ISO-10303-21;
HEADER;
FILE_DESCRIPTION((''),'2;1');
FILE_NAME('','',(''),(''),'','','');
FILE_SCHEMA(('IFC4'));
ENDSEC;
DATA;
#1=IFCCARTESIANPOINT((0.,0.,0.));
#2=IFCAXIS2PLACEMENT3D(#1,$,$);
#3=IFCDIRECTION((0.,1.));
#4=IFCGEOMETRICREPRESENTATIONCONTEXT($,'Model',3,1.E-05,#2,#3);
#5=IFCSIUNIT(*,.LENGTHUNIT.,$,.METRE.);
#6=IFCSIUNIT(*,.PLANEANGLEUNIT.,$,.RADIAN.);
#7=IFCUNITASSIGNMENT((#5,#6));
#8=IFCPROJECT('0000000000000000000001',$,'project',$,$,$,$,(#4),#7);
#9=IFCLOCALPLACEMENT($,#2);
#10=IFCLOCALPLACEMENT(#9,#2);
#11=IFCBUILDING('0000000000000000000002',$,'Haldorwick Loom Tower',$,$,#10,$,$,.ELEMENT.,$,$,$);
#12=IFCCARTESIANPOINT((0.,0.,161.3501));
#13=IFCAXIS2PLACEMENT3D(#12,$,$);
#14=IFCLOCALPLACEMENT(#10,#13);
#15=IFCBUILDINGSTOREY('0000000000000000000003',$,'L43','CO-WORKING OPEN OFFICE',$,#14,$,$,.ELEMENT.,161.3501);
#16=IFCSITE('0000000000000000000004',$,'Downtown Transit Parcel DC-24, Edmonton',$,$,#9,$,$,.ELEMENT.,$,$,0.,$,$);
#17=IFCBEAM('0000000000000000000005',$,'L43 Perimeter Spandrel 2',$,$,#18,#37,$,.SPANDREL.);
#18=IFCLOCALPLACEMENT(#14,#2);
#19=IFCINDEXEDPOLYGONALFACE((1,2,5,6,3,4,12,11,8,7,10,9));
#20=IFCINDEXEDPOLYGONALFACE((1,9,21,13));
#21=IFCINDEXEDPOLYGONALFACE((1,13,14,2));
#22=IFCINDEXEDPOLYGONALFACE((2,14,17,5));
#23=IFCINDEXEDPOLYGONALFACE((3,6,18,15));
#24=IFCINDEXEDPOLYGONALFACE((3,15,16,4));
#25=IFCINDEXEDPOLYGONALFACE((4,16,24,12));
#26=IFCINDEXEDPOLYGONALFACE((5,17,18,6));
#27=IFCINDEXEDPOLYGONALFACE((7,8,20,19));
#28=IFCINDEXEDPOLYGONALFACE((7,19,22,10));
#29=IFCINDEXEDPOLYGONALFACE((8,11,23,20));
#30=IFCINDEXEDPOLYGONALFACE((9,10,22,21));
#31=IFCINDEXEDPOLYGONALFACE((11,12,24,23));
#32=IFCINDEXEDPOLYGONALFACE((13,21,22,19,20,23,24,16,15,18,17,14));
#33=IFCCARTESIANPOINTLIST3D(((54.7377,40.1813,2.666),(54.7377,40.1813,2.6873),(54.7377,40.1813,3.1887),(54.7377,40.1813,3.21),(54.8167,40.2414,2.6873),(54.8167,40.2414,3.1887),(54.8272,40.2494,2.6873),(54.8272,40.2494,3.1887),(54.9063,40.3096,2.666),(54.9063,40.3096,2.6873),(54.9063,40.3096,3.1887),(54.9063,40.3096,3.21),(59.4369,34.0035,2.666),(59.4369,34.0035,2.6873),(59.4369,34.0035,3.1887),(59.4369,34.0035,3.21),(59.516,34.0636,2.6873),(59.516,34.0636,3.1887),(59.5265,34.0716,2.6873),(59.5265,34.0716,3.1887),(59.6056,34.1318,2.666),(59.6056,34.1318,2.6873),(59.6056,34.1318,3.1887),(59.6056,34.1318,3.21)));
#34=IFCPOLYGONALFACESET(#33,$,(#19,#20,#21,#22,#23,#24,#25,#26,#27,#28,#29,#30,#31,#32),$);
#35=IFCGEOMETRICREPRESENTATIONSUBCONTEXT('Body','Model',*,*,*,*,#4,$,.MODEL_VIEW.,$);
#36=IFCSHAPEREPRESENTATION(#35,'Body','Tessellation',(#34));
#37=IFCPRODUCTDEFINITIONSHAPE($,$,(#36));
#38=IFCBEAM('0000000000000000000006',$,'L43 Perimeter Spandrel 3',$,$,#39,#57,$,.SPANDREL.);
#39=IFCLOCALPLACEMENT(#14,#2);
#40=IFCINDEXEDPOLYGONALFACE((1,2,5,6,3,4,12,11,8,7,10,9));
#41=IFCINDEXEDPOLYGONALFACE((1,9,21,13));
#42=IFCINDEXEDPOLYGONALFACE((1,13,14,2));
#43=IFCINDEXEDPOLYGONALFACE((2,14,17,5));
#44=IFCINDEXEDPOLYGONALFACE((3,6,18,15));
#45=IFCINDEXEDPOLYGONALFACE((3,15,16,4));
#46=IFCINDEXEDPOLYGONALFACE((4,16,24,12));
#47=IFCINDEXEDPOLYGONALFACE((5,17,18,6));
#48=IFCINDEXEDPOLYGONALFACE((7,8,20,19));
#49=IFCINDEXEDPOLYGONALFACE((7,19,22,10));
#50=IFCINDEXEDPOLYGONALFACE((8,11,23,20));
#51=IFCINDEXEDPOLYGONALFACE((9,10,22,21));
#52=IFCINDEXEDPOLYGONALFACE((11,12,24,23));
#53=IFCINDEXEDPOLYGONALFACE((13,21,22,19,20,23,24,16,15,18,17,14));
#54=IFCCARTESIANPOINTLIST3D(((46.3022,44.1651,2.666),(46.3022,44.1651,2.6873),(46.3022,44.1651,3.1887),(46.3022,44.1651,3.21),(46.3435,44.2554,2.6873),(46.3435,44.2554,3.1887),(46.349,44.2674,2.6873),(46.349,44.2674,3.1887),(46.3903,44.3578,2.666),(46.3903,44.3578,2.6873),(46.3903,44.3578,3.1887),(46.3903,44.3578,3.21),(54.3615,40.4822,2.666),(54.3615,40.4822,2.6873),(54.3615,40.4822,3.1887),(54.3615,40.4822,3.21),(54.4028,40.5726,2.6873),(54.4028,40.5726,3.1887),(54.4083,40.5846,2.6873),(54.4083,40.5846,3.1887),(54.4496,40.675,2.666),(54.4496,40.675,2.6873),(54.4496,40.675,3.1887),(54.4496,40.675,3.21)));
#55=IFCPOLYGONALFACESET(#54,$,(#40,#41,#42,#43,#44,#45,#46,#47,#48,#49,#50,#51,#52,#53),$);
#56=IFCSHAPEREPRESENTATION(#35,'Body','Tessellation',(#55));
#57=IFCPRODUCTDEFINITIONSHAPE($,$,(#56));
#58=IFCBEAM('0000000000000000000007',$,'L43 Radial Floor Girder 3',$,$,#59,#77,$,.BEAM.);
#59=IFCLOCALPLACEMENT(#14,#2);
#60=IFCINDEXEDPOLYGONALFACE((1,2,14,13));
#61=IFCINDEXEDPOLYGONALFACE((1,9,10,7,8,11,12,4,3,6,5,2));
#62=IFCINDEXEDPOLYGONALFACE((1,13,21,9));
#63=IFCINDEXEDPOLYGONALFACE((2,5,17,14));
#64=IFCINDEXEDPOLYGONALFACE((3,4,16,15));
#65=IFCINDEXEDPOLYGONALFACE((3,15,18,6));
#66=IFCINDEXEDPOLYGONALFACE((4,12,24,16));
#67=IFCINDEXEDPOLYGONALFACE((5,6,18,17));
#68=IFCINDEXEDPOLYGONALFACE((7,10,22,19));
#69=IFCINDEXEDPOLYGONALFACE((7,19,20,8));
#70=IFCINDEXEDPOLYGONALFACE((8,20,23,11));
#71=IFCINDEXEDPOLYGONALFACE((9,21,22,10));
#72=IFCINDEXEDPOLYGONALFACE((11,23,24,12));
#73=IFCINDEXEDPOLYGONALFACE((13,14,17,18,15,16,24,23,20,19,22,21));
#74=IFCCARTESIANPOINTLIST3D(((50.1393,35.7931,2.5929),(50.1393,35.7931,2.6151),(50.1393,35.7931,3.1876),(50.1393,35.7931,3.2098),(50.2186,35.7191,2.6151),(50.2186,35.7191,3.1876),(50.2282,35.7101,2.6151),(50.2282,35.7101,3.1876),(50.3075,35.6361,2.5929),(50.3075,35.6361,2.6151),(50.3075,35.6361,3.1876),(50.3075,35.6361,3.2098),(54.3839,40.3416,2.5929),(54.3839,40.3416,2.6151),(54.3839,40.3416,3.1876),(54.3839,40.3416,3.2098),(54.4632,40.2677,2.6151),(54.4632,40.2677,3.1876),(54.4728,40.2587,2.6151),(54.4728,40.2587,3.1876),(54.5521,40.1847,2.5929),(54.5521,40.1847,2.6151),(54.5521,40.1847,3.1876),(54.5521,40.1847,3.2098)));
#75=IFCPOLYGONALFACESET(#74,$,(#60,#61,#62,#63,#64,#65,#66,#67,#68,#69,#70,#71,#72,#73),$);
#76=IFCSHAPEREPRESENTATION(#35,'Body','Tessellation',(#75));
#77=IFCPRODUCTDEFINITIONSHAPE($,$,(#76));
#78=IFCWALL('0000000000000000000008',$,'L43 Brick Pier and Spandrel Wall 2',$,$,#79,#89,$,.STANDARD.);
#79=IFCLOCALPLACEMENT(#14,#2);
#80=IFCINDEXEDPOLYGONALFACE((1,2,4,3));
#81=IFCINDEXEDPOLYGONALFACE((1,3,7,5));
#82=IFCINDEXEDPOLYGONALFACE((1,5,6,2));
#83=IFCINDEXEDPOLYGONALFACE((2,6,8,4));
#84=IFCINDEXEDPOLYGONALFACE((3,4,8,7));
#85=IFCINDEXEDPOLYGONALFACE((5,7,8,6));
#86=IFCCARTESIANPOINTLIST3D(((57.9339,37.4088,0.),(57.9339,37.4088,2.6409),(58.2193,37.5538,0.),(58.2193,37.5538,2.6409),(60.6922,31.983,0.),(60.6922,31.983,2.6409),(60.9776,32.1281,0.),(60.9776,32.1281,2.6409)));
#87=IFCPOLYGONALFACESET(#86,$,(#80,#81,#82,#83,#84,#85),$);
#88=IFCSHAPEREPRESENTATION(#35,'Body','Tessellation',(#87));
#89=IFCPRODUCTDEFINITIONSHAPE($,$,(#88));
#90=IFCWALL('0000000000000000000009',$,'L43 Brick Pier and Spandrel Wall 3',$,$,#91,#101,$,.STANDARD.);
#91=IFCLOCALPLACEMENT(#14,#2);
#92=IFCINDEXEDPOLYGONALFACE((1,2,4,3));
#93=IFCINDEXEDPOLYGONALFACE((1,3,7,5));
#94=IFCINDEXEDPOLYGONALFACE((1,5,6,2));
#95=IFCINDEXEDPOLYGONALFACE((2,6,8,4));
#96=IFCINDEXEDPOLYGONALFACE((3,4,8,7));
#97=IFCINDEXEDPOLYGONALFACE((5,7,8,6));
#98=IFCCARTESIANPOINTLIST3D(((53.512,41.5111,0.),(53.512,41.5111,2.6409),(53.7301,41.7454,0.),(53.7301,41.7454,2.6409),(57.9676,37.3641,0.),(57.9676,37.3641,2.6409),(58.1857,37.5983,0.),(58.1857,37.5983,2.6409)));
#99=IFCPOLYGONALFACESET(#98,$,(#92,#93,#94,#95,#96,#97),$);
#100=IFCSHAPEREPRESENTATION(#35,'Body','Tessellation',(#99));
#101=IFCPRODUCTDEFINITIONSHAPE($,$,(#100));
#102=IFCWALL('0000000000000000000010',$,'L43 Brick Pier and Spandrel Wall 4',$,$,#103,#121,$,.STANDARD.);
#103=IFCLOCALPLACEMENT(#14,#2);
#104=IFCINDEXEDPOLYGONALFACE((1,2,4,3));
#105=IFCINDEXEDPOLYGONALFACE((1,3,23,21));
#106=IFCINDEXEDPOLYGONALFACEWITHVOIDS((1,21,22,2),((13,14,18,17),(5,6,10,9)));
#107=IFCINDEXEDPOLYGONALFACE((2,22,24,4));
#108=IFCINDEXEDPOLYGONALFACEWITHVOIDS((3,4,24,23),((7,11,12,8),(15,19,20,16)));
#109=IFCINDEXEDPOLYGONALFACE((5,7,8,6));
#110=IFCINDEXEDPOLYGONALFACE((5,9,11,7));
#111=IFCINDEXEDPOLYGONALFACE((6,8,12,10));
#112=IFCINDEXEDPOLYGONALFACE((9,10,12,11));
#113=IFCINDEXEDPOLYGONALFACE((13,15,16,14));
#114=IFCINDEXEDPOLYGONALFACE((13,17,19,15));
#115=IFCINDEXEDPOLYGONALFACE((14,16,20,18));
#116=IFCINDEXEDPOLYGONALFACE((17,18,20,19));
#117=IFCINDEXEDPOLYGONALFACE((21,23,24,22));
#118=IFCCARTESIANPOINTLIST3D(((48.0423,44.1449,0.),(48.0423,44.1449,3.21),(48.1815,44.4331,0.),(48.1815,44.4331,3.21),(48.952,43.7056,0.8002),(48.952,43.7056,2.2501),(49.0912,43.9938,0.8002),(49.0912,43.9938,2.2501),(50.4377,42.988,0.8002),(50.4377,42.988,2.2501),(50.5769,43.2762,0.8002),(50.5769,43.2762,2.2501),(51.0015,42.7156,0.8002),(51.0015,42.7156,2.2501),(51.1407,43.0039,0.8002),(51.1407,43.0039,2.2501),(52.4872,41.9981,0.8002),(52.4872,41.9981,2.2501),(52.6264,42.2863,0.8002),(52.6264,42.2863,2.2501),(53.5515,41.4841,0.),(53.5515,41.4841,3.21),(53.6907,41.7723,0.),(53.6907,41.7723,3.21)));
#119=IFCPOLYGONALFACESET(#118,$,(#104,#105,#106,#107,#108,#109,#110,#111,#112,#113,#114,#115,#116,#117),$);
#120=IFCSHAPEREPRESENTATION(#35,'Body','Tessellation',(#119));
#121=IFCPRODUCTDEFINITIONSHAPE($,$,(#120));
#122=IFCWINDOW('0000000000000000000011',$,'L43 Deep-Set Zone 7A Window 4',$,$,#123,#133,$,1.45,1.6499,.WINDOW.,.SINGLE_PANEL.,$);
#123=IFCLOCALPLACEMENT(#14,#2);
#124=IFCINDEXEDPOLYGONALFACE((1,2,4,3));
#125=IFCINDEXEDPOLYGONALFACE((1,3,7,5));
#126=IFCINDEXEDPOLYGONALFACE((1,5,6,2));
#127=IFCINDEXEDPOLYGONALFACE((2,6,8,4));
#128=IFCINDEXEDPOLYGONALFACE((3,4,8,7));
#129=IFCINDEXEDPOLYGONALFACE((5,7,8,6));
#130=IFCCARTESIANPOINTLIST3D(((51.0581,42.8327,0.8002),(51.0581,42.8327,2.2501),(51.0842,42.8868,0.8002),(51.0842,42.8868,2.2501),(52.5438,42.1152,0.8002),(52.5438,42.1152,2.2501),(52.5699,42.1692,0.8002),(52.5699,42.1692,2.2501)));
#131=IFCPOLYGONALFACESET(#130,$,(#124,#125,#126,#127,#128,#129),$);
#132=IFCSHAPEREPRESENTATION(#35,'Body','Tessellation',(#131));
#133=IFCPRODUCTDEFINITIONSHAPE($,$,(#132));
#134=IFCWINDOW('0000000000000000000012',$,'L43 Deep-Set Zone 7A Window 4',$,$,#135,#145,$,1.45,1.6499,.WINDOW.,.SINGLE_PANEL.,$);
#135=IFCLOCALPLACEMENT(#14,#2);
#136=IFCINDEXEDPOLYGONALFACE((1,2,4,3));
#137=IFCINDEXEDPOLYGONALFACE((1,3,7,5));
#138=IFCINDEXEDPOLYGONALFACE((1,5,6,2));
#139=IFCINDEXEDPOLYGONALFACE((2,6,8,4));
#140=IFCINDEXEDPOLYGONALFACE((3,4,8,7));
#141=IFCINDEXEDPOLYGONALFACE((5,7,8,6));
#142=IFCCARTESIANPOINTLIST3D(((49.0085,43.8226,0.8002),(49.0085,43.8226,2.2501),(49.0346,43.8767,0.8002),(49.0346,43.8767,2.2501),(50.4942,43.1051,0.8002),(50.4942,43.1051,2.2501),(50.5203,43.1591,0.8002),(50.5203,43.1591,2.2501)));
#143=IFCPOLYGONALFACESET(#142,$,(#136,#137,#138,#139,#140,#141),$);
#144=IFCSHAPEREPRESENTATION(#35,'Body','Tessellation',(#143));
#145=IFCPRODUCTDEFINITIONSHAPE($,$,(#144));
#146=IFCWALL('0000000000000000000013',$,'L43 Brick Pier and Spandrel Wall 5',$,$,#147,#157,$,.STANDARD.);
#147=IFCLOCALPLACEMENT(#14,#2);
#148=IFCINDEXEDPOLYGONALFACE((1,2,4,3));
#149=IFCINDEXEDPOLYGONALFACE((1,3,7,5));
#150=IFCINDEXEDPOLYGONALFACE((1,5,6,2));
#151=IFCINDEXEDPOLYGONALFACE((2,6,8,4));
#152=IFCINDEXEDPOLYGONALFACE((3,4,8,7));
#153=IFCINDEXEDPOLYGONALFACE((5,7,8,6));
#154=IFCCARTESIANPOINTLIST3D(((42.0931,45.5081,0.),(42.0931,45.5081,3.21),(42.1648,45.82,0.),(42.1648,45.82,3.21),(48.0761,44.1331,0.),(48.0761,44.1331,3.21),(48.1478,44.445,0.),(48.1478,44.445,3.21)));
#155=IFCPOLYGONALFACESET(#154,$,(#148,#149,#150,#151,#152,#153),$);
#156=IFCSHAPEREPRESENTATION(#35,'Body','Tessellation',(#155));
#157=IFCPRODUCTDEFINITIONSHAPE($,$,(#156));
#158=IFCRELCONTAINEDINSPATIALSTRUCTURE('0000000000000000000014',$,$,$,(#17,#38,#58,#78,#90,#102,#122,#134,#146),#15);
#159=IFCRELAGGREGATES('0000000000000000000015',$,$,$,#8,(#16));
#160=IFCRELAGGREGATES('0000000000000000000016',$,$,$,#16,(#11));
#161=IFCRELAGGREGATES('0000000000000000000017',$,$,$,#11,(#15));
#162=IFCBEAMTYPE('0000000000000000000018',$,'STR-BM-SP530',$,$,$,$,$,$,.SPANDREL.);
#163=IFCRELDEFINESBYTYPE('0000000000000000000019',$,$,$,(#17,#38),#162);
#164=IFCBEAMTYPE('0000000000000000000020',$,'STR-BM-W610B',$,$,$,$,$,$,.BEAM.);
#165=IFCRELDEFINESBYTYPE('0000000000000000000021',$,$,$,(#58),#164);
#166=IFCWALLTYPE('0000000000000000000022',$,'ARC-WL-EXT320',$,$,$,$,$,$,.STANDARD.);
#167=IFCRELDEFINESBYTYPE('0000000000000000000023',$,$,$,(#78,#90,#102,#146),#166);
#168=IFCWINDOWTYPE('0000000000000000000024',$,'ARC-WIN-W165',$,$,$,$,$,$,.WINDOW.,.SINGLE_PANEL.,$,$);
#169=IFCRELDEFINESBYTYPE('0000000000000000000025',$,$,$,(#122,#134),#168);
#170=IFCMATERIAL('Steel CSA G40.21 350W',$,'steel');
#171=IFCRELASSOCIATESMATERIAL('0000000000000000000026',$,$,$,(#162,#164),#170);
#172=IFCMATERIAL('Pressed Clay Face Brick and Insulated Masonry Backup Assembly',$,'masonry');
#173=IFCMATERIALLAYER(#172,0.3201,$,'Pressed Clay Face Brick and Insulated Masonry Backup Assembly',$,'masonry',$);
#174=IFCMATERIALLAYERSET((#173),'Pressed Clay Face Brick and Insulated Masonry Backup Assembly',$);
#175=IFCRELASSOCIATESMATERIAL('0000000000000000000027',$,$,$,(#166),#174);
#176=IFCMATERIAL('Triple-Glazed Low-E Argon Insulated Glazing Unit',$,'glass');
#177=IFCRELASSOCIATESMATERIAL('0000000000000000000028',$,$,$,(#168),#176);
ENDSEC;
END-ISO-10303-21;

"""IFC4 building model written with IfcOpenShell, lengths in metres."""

from ifc_helpers import new_model, si_unit, direction, frame, frame_2d, origin, origin_2d, place, context, subcontext, project, spatial, rectangle, i_section, extrude, material, layer, layer_set, material_profile, profile_set, type_object, element, fill, save


model = new_model("IFC4")

# Units and contexts
model_context = context("Model", 3, precision=1e-05, world=origin(), true_north=direction((0.0, 1.0)))
body_context = subcontext(model_context, "Body", "Model", "MODEL_VIEW")
ifc_project = project(units=[si_unit("LENGTHUNIT", "METRE"), si_unit("PLANEANGLEUNIT", "RADIAN")], contexts=[model_context])

# Site, building, storey
site_placement = place(None, origin())
site = spatial("IfcSite", under=ifc_project, at=site_placement, Name="Downtown Transit Parcel DC-24, Edmonton", CompositionType="ELEMENT", RefElevation=0.0)
building_placement = place(site_placement, origin())
building = spatial("IfcBuilding", under=site, at=building_placement, Name="Haldorwick Loom Tower", CompositionType="ELEMENT")
storey_placement = place(building_placement, frame((0.0, 0.0, 161.3501)))
storey = spatial("IfcBuildingStorey", under=building, at=storey_placement, Name="L43", Description="CO-WORKING OPEN OFFICE", CompositionType="ELEMENT", Elevation=161.3501)

# Beams
ifc_material_1 = material(Name="Steel CSA G40.21 350W", Category="steel")
ifc_material_profile_1 = material_profile(ifc_material_1, i_section(OverallWidth=0.2119, OverallDepth=0.5439, WebThickness=0.0132, FlangeThickness=0.0212, at=origin_2d()), Name="W530X123", Category="steel")
ifc_profile_set_1 = profile_set([ifc_material_profile_1], Name="Steel CSA G40.21 350W")
beam_type_1 = type_object("IfcBeamType", Name="STR-BM-SP530", PredefinedType="SPANDREL", material=ifc_profile_set_1)
beam_1_placement = place(storey_placement, frame((59.5212, 34.0676, 2.938), z_axis=(-0.605421, 0.795905, 0.0), x_axis=(-0.795905, -0.605421, 0.0)))
element("IfcBeam", 1, at=beam_1_placement, inside=storey, type_object=beam_type_1, Name="L43 Perimeter Spandrel 2", PredefinedType="SPANDREL", context=body_context, shape_type="SweptSolid", body=[
    extrude(i_section(OverallWidth=0.2119, OverallDepth=0.5439, WebThickness=0.0132, FlangeThickness=0.0212, at=origin_2d()), origin(), (0.0, 0.0, 1.0), 7.762),
])
beam_2_placement = place(storey_placement, frame((54.4055, 40.5786, 2.938), z_axis=(-0.909534, 0.415629, 0.0), x_axis=(-0.415629, -0.909534, 0.0)))
element("IfcBeam", 2, at=beam_2_placement, inside=storey, type_object=beam_type_1, Name="L43 Perimeter Spandrel 3", PredefinedType="SPANDREL", context=body_context, shape_type="SweptSolid", body=[
    extrude(i_section(OverallWidth=0.2119, OverallDepth=0.5439, WebThickness=0.0132, FlangeThickness=0.0212, at=origin_2d()), origin(), (0.0, 0.0, 1.0), 8.8608),
])
ifc_material_profile_2 = material_profile(ifc_material_1, i_section(OverallWidth=0.23, OverallDepth=0.6169, WebThickness=0.0132, FlangeThickness=0.0222, at=origin_2d()), Name="W610X140", Category="steel")
ifc_profile_set_2 = profile_set([ifc_material_profile_2], Name="Steel CSA G40.21 350W")
beam_type_2 = type_object("IfcBeamType", Name="STR-BM-W610B", PredefinedType="BEAM", material=ifc_profile_set_2)
beam_3_placement = place(storey_placement, frame((50.2234, 35.7146, 2.9014), z_axis=(0.682257, 0.731113, 0.0), x_axis=(-0.731113, 0.682257, 0.0)))
element("IfcBeam", 3, at=beam_3_placement, inside=storey, type_object=beam_type_2, Name="L43 Radial Floor Girder 3", PredefinedType="BEAM", context=body_context, shape_type="SweptSolid", body=[
    extrude(i_section(OverallWidth=0.23, OverallDepth=0.6169, WebThickness=0.0132, FlangeThickness=0.0222, at=origin_2d()), origin(), (0.0, 0.0, 1.0), 6.2214),
])

# Walls
ifc_material_2 = material(Name="Pressed Clay Face Brick and Insulated Masonry Backup Assembly", Category="masonry")
ifc_layer_1 = layer(ifc_material_2, 0.3201, Name="Pressed Clay Face Brick and Insulated Masonry Backup Assembly", Category="masonry")
ifc_layer_set_1 = layer_set([ifc_layer_1], Name="Pressed Clay Face Brick and Insulated Masonry Backup Assembly")
wall_type_1 = type_object("IfcWallType", Name="ARC-WL-EXT320", PredefinedType="STANDARD", material=ifc_layer_set_1)
wall_1_placement = place(storey_placement, frame((60.835, 32.0554, 0.0), z_axis=(0.0, 0.0, 1.0), x_axis=(-0.453172, 0.891423, 0.0)))
element("IfcWall", 4, at=wall_1_placement, inside=storey, type_object=wall_type_1, Name="L43 Brick Pier and Spandrel Wall 2", PredefinedType="STANDARD", context=body_context, shape_type="SweptSolid", body=[
    extrude(rectangle(XDim=6.0867, YDim=0.3201, at=frame_2d((3.0435, 0.0))), origin(), (0.0, 0.0, 1.0), 2.6409),
])
wall_2_placement = place(storey_placement, frame((58.0767, 37.4812, 0.0), z_axis=(0.0, 0.0, 1.0), x_axis=(-0.732002, 0.681303, 0.0)))
element("IfcWall", 5, at=wall_2_placement, inside=storey, type_object=wall_type_1, Name="L43 Brick Pier and Spandrel Wall 3", PredefinedType="STANDARD", context=body_context, shape_type="SweptSolid", body=[
    extrude(rectangle(XDim=6.0869, YDim=0.3201, at=frame_2d((3.0435, 0.0))), origin(), (0.0, 0.0, 1.0), 2.6409),
])

# Wall, openings, windows
wall_3_placement = place(storey_placement, frame((53.6211, 41.6282, 0.0), z_axis=(0.0, 0.0, 1.0), x_axis=(-0.900472, 0.434913, 0.0)))
wall_3 = element("IfcWall", 6, at=wall_3_placement, inside=storey, type_object=wall_type_1, Name="L43 Brick Pier and Spandrel Wall 4", PredefinedType="STANDARD", context=body_context, shape_type="SweptSolid", body=[
    extrude(rectangle(XDim=6.1182, YDim=0.3201, at=frame_2d((3.0591, 0.0))), origin(), (0.0, 0.0, 1.0), 3.21),
])
opening_1_placement = place(wall_3_placement, frame((1.1819, 0.0, 0.8)))
opening_1 = element("IfcOpeningElement", 7, at=opening_1_placement, cuts=wall_3, PredefinedType="OPENING", context=body_context, shape_type="SweptSolid", body=[
    extrude(rectangle(XDim=1.6499, YDim=1.45, at=frame_2d((0.825, 0.7251))), frame((0.0, 0.1699, 0.0), z_axis=(0.0, -1.0, 0.0), x_axis=(1.0, 0.0, 0.0)), (0.0, 0.0, 1.0), 0.3401),
])
opening_2_placement = place(wall_3_placement, frame((3.458, 0.0, 0.8)))
opening_2 = element("IfcOpeningElement", 8, at=opening_2_placement, cuts=wall_3, PredefinedType="OPENING", context=body_context, shape_type="SweptSolid", body=[
    extrude(rectangle(XDim=1.6499, YDim=1.45, at=frame_2d((0.825, 0.7251))), frame((0.0, 0.1699, 0.0), z_axis=(0.0, -1.0, 0.0), x_axis=(1.0, 0.0, 0.0)), (0.0, 0.0, 1.0), 0.3401),
])
ifc_material_3 = material(Name="Triple-Glazed Low-E Argon Insulated Glazing Unit", Category="glass")
window_type = type_object("IfcWindowType", Name="ARC-WIN-W165", PartitioningType="SINGLE_PANEL", PredefinedType="WINDOW", material=ifc_material_3)
window_1_placement = place(opening_1_placement, origin())
window_1 = element("IfcWindow", 9, at=window_1_placement, inside=storey, type_object=window_type, Name="L43 Deep-Set Zone 7A Window 4", OverallHeight=1.45, OverallWidth=1.6499, PartitioningType="SINGLE_PANEL", PredefinedType="WINDOW", context=body_context, shape_type="SweptSolid", body=[
    extrude(rectangle(XDim=1.6499, YDim=1.45, at=frame_2d((0.825, 0.7251))), frame((0.0, 0.03, 0.0), z_axis=(0.0, -1.0, 0.0), x_axis=(1.0, 0.0, 0.0)), (0.0, 0.0, 1.0), 0.0601),
])
fill(opening_1, window_1)
window_2_placement = place(opening_2_placement, origin())
window_2 = element("IfcWindow", 10, at=window_2_placement, inside=storey, type_object=window_type, Name="L43 Deep-Set Zone 7A Window 4", OverallHeight=1.45, OverallWidth=1.6499, PartitioningType="SINGLE_PANEL", PredefinedType="WINDOW", context=body_context, shape_type="SweptSolid", body=[
    extrude(rectangle(XDim=1.6499, YDim=1.45, at=frame_2d((0.825, 0.7251))), frame((0.0, 0.03, 0.0), z_axis=(0.0, -1.0, 0.0), x_axis=(1.0, 0.0, 0.0)), (0.0, 0.0, 1.0), 0.0601),
])
fill(opening_2, window_2)

# Wall
wall_4_placement = place(storey_placement, frame((48.1118, 44.2891, 0.0), z_axis=(0.0, 0.0, 1.0), x_axis=(-0.974593, 0.223982, 0.0)))
element("IfcWall", 11, at=wall_4_placement, inside=storey, type_object=wall_type_1, Name="L43 Brick Pier and Spandrel Wall 5", PredefinedType="STANDARD", context=body_context, shape_type="SweptSolid", body=[
    extrude(rectangle(XDim=6.1389, YDim=0.3201, at=frame_2d((3.0693, 0.0))), origin(), (0.0, 0.0, 1.0), 3.21),
])

save(model, "model.ifc")
